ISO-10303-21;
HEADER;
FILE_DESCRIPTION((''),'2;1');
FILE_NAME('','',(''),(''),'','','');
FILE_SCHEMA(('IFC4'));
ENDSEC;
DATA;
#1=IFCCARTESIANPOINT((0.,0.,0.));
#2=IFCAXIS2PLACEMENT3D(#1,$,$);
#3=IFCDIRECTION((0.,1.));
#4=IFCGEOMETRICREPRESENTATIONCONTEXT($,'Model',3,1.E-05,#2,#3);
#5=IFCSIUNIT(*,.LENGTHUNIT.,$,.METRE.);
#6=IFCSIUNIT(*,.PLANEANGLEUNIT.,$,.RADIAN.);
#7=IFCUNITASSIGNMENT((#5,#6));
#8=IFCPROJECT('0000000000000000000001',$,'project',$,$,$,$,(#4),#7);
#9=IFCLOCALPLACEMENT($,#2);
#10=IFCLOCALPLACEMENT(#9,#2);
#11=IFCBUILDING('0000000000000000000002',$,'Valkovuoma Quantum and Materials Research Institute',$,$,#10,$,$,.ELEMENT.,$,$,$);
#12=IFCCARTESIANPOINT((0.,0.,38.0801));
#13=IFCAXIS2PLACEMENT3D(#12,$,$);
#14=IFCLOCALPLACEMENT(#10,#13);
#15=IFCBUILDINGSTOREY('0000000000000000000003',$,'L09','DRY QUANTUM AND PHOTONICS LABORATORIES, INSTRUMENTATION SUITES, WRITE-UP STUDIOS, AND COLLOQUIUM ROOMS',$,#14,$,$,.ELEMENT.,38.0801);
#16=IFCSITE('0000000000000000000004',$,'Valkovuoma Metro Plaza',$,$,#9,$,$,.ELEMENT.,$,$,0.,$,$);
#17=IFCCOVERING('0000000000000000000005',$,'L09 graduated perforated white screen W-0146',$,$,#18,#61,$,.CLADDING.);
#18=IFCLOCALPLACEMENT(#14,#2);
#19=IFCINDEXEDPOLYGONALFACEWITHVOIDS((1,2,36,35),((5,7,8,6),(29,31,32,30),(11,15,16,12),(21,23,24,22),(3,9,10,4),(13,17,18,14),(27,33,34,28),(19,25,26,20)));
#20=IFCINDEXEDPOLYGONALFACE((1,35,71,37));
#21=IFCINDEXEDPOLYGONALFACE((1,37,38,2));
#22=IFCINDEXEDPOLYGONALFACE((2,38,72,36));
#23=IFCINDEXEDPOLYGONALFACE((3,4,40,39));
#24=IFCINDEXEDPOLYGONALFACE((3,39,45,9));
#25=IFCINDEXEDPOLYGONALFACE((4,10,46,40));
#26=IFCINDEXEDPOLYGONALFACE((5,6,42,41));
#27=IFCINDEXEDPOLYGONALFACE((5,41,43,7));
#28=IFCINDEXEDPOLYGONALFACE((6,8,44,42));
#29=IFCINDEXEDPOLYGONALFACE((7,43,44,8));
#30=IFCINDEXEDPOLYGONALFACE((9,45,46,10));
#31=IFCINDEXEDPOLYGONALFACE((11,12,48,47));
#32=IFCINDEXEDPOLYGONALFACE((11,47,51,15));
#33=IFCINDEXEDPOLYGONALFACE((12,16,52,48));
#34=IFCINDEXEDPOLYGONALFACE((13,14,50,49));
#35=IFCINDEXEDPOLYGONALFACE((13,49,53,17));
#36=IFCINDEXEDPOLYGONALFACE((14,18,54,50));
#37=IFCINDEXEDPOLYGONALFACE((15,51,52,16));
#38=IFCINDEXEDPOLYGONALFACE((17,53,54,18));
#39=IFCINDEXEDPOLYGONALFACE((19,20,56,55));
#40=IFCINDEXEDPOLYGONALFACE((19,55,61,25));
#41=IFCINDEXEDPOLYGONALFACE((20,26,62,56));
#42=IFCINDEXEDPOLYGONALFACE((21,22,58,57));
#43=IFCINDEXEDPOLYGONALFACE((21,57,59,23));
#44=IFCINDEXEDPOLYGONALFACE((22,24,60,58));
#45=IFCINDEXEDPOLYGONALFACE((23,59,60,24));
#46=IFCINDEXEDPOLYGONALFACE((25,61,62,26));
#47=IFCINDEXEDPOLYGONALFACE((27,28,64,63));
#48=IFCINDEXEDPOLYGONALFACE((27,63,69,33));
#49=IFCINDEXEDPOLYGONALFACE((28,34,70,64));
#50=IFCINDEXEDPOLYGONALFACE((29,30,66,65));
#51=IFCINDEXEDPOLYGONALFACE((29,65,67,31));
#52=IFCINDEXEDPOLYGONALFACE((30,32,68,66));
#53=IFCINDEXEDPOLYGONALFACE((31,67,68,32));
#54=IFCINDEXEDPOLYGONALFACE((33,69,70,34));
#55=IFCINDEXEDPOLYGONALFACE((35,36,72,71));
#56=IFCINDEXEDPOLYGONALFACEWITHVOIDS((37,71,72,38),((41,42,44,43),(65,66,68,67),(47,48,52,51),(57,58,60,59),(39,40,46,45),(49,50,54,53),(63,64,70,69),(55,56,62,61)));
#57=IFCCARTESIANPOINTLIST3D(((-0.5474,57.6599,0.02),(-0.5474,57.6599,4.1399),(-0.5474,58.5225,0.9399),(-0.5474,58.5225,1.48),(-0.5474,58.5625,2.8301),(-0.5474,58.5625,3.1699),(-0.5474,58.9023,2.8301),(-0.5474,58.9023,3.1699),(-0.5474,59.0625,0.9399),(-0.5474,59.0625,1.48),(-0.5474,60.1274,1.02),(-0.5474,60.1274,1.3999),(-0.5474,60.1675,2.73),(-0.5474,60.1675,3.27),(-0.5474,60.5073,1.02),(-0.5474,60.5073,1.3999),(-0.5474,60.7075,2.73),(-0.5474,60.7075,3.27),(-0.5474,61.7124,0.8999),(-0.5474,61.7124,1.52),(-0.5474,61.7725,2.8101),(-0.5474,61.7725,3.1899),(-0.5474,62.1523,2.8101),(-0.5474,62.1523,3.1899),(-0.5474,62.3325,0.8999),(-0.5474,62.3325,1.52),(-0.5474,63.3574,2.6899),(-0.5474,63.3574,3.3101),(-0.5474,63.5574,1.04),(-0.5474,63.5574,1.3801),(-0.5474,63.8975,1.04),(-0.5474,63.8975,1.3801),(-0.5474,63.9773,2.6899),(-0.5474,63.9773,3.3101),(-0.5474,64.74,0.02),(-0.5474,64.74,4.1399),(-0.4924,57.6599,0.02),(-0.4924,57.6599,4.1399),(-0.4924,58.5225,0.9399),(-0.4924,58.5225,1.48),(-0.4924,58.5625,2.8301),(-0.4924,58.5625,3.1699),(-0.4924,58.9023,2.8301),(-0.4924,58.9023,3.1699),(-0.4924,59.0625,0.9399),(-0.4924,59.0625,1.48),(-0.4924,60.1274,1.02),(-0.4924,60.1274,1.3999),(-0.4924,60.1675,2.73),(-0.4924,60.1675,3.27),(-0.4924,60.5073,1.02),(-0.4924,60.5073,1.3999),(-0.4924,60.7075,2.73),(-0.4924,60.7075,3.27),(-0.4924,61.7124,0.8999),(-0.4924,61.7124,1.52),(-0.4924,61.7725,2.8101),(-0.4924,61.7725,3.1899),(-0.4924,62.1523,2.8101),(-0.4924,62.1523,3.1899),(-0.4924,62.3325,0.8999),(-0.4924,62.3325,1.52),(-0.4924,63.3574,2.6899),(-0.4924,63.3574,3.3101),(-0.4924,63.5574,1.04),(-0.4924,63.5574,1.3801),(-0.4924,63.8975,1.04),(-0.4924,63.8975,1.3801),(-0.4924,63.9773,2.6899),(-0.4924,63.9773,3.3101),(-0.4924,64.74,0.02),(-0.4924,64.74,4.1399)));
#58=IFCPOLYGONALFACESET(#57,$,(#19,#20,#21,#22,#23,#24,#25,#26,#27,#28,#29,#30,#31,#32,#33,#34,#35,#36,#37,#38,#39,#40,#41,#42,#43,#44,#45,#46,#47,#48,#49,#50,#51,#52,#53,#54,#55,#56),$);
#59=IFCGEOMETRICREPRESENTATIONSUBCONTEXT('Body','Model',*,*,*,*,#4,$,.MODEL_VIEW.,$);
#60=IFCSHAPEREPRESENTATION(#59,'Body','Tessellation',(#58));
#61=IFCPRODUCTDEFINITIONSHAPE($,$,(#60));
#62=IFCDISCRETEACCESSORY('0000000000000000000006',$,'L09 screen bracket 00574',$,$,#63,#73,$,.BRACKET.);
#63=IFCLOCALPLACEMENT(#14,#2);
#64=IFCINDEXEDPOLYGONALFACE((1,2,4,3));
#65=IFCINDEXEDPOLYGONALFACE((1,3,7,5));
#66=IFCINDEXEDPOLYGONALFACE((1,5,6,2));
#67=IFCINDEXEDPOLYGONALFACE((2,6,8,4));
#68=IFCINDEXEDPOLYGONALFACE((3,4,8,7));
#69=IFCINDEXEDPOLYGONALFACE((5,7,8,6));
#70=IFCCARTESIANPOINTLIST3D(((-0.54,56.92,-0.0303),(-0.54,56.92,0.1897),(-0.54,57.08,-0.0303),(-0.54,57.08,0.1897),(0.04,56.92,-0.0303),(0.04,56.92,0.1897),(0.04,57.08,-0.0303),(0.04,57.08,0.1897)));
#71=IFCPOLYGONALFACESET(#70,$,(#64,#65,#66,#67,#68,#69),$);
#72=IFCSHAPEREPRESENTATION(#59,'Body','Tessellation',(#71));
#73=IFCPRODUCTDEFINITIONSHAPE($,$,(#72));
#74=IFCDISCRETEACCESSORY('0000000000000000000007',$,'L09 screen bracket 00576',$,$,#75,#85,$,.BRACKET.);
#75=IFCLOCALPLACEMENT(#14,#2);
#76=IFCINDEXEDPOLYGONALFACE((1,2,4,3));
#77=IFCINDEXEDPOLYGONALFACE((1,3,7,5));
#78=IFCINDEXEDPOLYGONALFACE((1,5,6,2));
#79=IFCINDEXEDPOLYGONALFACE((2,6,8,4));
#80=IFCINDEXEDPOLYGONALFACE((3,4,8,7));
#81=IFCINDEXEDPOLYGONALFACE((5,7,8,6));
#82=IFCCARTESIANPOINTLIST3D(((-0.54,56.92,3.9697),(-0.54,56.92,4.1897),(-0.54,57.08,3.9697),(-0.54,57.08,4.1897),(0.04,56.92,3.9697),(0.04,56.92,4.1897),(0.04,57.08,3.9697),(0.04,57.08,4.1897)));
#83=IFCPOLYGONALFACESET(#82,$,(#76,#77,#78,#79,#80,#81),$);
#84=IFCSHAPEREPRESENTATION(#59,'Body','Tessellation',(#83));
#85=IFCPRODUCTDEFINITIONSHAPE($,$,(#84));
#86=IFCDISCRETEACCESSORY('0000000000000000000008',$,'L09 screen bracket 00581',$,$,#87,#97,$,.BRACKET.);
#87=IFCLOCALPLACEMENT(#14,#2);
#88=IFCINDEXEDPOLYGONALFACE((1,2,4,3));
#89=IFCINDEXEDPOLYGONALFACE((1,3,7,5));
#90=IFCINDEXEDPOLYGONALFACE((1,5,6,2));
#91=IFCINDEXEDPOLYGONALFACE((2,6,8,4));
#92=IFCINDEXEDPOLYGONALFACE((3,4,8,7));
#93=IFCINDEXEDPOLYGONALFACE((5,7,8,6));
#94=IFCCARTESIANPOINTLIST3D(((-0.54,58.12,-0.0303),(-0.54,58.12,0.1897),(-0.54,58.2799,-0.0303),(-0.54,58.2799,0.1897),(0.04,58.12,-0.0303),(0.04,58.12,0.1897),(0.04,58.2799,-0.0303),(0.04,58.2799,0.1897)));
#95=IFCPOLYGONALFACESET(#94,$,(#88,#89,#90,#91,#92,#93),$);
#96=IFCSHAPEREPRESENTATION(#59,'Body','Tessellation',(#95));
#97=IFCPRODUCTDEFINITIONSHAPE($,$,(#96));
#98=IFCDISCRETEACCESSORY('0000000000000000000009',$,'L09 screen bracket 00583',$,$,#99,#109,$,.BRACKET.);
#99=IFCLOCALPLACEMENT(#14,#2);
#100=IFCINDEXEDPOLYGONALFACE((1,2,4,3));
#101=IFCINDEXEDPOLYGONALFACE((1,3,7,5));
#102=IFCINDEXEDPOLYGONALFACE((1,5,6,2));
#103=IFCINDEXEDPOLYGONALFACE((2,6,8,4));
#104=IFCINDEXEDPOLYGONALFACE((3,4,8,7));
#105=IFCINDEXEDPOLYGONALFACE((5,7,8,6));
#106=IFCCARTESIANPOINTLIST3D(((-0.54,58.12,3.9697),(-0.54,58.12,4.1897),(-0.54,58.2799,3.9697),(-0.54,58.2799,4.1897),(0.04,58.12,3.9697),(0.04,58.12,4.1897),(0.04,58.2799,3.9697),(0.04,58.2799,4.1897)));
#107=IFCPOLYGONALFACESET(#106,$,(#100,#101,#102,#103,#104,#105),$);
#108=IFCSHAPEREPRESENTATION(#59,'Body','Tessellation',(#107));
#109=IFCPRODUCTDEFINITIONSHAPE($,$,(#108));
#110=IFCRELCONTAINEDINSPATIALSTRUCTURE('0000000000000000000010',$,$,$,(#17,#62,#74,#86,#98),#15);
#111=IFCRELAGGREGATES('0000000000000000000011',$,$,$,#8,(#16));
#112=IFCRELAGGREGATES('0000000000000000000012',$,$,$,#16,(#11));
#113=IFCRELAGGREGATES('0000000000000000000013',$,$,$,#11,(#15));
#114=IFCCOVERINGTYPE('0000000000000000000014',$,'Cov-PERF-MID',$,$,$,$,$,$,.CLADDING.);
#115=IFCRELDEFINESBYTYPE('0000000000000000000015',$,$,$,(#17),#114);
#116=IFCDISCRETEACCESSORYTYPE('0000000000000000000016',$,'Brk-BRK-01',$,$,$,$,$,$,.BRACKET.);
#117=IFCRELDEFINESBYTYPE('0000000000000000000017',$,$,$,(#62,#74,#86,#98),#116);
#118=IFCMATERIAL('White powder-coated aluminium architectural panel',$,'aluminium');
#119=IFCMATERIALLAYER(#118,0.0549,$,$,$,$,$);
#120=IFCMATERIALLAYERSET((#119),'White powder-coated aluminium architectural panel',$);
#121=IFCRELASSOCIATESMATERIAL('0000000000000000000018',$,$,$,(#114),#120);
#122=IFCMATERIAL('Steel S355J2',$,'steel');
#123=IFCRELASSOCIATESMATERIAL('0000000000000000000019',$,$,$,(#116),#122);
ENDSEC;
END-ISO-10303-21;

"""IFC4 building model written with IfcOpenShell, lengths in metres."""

from ifc_helpers import new_model, si_unit, direction, frame, origin, origin_2d, place, context, subcontext, project, spatial, polyline, rectangle, outline, extrude, material, layer, layer_set, type_object, element, save


model = new_model("IFC4")

# Units and contexts
model_context = context("Model", 3, precision=1e-05, world=origin(), true_north=direction((0.0, 1.0)))
body_context = subcontext(model_context, "Body", "Model", "MODEL_VIEW")
ifc_project = project(units=[si_unit("LENGTHUNIT", "METRE"), si_unit("PLANEANGLEUNIT", "RADIAN")], contexts=[model_context])

# Site, building, storey
site_placement = place(None, origin())
site = spatial("IfcSite", under=ifc_project, at=site_placement, Name="Valkovuoma Metro Plaza", CompositionType="ELEMENT", RefElevation=0.0)
building_placement = place(site_placement, origin())
building = spatial("IfcBuilding", under=site, at=building_placement, Name="Valkovuoma Quantum and Materials Research Institute", CompositionType="ELEMENT")
storey_placement = place(building_placement, frame((0.0, 0.0, 38.0801)))
storey = spatial("IfcBuildingStorey", under=building, at=storey_placement, Name="L09", Description="DRY QUANTUM AND PHOTONICS LABORATORIES, INSTRUMENTATION SUITES, WRITE-UP STUDIOS, AND COLLOQUIUM ROOMS", CompositionType="ELEMENT", Elevation=38.0801)

# Covering
ifc_material_1 = material(Name="White powder-coated aluminium architectural panel", Category="aluminium")
ifc_layer_1 = layer(ifc_material_1, 0.0549)
ifc_layer_set_1 = layer_set([ifc_layer_1], Name="White powder-coated aluminium architectural panel")
covering_type = type_object("IfcCoveringType", Name="Cov-PERF-MID", PredefinedType="CLADDING", material=ifc_layer_set_1)
covering_placement = place(storey_placement, frame((-0.52, 57.6599, 0.02), z_axis=(0.0, 0.0, 1.0), x_axis=(0.0, 1.0, 0.0)))
element("IfcCovering", 1, at=covering_placement, inside=storey, type_object=covering_type, Name="L09 graduated perforated white screen W-0146", PredefinedType="CLADDING", context=body_context, shape_type="SweptSolid", body=[
    extrude(outline(polyline([(0.0, 0.0), (7.0801, 0.0), (7.0801, 4.1199), (0.0, 4.1199), (0.0, 0.0)]), holes=[polyline([(0.8625, 0.9199), (0.8625, 1.46), (1.4026, 1.46), (1.4026, 0.9199), (0.8625, 0.9199)]), polyline([(0.9026, 2.8101), (0.9026, 3.1499), (1.2424, 3.1499), (1.2424, 2.8101), (0.9026, 2.8101)]), polyline([(2.4675, 1.0), (2.4675, 1.3799), (2.8474, 1.3799), (2.8474, 1.0), (2.4675, 1.0)]), polyline([(2.5076, 2.71), (2.5076, 3.25), (3.0476, 3.25), (3.0476, 2.71), (2.5076, 2.71)]), polyline([(4.0525, 0.8799), (4.0525, 1.5), (4.6726, 1.5), (4.6726, 0.8799), (4.0525, 0.8799)]), polyline([(4.1125, 2.79), (4.1125, 3.1699), (4.4924, 3.1699), (4.4924, 2.79), (4.1125, 2.79)]), polyline([(5.8975, 1.02), (5.8975, 1.3601), (6.2375, 1.3601), (6.2375, 1.02), (5.8975, 1.02)]), polyline([(5.6975, 2.6699), (5.6975, 3.29), (6.3174, 3.29), (6.3174, 2.6699), (5.6975, 2.6699)])]), frame((0.0, 0.0273, 0.0), z_axis=(0.0, -1.0, 0.0), x_axis=(1.0, 0.0, 0.0)), (0.0, 0.0, 1.0), 0.0549),
])

# Discrete accessories
ifc_material_2 = material(Name="Steel S355J2", Category="steel")
discrete_accessory_type = type_object("IfcDiscreteAccessoryType", Name="Brk-BRK-01", PredefinedType="BRACKET", material=ifc_material_2)
for number, where, z_axis, x_axis, name in (
    (2, (-0.25, 57.0, -0.0303), (0.0, 0.0, 1.0), (1.0, 0.0, 0.0), "L09 screen bracket 00574"),
    (3, (-0.25, 57.0, 3.9697), (0.0, 0.0, 1.0), (1.0, 0.0, 0.0), "L09 screen bracket 00576"),
    (4, (-0.25, 58.2, -0.0303), (0.0, 0.0, 1.0), (1.0, 0.0, 0.0), "L09 screen bracket 00581"),
    (5, (-0.25, 58.2, 3.9697), (0.0, 0.0, 1.0), (1.0, 0.0, 0.0), "L09 screen bracket 00583"),
):
    element("IfcDiscreteAccessory", number, at=place(storey_placement, frame(where, z_axis=z_axis, x_axis=x_axis)), inside=storey, type_object=discrete_accessory_type, Name=name, PredefinedType="BRACKET", context=body_context, shape_type="SweptSolid", body=[
        extrude(rectangle(XDim=0.5801, YDim=0.1599, at=origin_2d()), origin(), (0.0, 0.0, 1.0), 0.22),
    ])

save(model, "model.ifc")
